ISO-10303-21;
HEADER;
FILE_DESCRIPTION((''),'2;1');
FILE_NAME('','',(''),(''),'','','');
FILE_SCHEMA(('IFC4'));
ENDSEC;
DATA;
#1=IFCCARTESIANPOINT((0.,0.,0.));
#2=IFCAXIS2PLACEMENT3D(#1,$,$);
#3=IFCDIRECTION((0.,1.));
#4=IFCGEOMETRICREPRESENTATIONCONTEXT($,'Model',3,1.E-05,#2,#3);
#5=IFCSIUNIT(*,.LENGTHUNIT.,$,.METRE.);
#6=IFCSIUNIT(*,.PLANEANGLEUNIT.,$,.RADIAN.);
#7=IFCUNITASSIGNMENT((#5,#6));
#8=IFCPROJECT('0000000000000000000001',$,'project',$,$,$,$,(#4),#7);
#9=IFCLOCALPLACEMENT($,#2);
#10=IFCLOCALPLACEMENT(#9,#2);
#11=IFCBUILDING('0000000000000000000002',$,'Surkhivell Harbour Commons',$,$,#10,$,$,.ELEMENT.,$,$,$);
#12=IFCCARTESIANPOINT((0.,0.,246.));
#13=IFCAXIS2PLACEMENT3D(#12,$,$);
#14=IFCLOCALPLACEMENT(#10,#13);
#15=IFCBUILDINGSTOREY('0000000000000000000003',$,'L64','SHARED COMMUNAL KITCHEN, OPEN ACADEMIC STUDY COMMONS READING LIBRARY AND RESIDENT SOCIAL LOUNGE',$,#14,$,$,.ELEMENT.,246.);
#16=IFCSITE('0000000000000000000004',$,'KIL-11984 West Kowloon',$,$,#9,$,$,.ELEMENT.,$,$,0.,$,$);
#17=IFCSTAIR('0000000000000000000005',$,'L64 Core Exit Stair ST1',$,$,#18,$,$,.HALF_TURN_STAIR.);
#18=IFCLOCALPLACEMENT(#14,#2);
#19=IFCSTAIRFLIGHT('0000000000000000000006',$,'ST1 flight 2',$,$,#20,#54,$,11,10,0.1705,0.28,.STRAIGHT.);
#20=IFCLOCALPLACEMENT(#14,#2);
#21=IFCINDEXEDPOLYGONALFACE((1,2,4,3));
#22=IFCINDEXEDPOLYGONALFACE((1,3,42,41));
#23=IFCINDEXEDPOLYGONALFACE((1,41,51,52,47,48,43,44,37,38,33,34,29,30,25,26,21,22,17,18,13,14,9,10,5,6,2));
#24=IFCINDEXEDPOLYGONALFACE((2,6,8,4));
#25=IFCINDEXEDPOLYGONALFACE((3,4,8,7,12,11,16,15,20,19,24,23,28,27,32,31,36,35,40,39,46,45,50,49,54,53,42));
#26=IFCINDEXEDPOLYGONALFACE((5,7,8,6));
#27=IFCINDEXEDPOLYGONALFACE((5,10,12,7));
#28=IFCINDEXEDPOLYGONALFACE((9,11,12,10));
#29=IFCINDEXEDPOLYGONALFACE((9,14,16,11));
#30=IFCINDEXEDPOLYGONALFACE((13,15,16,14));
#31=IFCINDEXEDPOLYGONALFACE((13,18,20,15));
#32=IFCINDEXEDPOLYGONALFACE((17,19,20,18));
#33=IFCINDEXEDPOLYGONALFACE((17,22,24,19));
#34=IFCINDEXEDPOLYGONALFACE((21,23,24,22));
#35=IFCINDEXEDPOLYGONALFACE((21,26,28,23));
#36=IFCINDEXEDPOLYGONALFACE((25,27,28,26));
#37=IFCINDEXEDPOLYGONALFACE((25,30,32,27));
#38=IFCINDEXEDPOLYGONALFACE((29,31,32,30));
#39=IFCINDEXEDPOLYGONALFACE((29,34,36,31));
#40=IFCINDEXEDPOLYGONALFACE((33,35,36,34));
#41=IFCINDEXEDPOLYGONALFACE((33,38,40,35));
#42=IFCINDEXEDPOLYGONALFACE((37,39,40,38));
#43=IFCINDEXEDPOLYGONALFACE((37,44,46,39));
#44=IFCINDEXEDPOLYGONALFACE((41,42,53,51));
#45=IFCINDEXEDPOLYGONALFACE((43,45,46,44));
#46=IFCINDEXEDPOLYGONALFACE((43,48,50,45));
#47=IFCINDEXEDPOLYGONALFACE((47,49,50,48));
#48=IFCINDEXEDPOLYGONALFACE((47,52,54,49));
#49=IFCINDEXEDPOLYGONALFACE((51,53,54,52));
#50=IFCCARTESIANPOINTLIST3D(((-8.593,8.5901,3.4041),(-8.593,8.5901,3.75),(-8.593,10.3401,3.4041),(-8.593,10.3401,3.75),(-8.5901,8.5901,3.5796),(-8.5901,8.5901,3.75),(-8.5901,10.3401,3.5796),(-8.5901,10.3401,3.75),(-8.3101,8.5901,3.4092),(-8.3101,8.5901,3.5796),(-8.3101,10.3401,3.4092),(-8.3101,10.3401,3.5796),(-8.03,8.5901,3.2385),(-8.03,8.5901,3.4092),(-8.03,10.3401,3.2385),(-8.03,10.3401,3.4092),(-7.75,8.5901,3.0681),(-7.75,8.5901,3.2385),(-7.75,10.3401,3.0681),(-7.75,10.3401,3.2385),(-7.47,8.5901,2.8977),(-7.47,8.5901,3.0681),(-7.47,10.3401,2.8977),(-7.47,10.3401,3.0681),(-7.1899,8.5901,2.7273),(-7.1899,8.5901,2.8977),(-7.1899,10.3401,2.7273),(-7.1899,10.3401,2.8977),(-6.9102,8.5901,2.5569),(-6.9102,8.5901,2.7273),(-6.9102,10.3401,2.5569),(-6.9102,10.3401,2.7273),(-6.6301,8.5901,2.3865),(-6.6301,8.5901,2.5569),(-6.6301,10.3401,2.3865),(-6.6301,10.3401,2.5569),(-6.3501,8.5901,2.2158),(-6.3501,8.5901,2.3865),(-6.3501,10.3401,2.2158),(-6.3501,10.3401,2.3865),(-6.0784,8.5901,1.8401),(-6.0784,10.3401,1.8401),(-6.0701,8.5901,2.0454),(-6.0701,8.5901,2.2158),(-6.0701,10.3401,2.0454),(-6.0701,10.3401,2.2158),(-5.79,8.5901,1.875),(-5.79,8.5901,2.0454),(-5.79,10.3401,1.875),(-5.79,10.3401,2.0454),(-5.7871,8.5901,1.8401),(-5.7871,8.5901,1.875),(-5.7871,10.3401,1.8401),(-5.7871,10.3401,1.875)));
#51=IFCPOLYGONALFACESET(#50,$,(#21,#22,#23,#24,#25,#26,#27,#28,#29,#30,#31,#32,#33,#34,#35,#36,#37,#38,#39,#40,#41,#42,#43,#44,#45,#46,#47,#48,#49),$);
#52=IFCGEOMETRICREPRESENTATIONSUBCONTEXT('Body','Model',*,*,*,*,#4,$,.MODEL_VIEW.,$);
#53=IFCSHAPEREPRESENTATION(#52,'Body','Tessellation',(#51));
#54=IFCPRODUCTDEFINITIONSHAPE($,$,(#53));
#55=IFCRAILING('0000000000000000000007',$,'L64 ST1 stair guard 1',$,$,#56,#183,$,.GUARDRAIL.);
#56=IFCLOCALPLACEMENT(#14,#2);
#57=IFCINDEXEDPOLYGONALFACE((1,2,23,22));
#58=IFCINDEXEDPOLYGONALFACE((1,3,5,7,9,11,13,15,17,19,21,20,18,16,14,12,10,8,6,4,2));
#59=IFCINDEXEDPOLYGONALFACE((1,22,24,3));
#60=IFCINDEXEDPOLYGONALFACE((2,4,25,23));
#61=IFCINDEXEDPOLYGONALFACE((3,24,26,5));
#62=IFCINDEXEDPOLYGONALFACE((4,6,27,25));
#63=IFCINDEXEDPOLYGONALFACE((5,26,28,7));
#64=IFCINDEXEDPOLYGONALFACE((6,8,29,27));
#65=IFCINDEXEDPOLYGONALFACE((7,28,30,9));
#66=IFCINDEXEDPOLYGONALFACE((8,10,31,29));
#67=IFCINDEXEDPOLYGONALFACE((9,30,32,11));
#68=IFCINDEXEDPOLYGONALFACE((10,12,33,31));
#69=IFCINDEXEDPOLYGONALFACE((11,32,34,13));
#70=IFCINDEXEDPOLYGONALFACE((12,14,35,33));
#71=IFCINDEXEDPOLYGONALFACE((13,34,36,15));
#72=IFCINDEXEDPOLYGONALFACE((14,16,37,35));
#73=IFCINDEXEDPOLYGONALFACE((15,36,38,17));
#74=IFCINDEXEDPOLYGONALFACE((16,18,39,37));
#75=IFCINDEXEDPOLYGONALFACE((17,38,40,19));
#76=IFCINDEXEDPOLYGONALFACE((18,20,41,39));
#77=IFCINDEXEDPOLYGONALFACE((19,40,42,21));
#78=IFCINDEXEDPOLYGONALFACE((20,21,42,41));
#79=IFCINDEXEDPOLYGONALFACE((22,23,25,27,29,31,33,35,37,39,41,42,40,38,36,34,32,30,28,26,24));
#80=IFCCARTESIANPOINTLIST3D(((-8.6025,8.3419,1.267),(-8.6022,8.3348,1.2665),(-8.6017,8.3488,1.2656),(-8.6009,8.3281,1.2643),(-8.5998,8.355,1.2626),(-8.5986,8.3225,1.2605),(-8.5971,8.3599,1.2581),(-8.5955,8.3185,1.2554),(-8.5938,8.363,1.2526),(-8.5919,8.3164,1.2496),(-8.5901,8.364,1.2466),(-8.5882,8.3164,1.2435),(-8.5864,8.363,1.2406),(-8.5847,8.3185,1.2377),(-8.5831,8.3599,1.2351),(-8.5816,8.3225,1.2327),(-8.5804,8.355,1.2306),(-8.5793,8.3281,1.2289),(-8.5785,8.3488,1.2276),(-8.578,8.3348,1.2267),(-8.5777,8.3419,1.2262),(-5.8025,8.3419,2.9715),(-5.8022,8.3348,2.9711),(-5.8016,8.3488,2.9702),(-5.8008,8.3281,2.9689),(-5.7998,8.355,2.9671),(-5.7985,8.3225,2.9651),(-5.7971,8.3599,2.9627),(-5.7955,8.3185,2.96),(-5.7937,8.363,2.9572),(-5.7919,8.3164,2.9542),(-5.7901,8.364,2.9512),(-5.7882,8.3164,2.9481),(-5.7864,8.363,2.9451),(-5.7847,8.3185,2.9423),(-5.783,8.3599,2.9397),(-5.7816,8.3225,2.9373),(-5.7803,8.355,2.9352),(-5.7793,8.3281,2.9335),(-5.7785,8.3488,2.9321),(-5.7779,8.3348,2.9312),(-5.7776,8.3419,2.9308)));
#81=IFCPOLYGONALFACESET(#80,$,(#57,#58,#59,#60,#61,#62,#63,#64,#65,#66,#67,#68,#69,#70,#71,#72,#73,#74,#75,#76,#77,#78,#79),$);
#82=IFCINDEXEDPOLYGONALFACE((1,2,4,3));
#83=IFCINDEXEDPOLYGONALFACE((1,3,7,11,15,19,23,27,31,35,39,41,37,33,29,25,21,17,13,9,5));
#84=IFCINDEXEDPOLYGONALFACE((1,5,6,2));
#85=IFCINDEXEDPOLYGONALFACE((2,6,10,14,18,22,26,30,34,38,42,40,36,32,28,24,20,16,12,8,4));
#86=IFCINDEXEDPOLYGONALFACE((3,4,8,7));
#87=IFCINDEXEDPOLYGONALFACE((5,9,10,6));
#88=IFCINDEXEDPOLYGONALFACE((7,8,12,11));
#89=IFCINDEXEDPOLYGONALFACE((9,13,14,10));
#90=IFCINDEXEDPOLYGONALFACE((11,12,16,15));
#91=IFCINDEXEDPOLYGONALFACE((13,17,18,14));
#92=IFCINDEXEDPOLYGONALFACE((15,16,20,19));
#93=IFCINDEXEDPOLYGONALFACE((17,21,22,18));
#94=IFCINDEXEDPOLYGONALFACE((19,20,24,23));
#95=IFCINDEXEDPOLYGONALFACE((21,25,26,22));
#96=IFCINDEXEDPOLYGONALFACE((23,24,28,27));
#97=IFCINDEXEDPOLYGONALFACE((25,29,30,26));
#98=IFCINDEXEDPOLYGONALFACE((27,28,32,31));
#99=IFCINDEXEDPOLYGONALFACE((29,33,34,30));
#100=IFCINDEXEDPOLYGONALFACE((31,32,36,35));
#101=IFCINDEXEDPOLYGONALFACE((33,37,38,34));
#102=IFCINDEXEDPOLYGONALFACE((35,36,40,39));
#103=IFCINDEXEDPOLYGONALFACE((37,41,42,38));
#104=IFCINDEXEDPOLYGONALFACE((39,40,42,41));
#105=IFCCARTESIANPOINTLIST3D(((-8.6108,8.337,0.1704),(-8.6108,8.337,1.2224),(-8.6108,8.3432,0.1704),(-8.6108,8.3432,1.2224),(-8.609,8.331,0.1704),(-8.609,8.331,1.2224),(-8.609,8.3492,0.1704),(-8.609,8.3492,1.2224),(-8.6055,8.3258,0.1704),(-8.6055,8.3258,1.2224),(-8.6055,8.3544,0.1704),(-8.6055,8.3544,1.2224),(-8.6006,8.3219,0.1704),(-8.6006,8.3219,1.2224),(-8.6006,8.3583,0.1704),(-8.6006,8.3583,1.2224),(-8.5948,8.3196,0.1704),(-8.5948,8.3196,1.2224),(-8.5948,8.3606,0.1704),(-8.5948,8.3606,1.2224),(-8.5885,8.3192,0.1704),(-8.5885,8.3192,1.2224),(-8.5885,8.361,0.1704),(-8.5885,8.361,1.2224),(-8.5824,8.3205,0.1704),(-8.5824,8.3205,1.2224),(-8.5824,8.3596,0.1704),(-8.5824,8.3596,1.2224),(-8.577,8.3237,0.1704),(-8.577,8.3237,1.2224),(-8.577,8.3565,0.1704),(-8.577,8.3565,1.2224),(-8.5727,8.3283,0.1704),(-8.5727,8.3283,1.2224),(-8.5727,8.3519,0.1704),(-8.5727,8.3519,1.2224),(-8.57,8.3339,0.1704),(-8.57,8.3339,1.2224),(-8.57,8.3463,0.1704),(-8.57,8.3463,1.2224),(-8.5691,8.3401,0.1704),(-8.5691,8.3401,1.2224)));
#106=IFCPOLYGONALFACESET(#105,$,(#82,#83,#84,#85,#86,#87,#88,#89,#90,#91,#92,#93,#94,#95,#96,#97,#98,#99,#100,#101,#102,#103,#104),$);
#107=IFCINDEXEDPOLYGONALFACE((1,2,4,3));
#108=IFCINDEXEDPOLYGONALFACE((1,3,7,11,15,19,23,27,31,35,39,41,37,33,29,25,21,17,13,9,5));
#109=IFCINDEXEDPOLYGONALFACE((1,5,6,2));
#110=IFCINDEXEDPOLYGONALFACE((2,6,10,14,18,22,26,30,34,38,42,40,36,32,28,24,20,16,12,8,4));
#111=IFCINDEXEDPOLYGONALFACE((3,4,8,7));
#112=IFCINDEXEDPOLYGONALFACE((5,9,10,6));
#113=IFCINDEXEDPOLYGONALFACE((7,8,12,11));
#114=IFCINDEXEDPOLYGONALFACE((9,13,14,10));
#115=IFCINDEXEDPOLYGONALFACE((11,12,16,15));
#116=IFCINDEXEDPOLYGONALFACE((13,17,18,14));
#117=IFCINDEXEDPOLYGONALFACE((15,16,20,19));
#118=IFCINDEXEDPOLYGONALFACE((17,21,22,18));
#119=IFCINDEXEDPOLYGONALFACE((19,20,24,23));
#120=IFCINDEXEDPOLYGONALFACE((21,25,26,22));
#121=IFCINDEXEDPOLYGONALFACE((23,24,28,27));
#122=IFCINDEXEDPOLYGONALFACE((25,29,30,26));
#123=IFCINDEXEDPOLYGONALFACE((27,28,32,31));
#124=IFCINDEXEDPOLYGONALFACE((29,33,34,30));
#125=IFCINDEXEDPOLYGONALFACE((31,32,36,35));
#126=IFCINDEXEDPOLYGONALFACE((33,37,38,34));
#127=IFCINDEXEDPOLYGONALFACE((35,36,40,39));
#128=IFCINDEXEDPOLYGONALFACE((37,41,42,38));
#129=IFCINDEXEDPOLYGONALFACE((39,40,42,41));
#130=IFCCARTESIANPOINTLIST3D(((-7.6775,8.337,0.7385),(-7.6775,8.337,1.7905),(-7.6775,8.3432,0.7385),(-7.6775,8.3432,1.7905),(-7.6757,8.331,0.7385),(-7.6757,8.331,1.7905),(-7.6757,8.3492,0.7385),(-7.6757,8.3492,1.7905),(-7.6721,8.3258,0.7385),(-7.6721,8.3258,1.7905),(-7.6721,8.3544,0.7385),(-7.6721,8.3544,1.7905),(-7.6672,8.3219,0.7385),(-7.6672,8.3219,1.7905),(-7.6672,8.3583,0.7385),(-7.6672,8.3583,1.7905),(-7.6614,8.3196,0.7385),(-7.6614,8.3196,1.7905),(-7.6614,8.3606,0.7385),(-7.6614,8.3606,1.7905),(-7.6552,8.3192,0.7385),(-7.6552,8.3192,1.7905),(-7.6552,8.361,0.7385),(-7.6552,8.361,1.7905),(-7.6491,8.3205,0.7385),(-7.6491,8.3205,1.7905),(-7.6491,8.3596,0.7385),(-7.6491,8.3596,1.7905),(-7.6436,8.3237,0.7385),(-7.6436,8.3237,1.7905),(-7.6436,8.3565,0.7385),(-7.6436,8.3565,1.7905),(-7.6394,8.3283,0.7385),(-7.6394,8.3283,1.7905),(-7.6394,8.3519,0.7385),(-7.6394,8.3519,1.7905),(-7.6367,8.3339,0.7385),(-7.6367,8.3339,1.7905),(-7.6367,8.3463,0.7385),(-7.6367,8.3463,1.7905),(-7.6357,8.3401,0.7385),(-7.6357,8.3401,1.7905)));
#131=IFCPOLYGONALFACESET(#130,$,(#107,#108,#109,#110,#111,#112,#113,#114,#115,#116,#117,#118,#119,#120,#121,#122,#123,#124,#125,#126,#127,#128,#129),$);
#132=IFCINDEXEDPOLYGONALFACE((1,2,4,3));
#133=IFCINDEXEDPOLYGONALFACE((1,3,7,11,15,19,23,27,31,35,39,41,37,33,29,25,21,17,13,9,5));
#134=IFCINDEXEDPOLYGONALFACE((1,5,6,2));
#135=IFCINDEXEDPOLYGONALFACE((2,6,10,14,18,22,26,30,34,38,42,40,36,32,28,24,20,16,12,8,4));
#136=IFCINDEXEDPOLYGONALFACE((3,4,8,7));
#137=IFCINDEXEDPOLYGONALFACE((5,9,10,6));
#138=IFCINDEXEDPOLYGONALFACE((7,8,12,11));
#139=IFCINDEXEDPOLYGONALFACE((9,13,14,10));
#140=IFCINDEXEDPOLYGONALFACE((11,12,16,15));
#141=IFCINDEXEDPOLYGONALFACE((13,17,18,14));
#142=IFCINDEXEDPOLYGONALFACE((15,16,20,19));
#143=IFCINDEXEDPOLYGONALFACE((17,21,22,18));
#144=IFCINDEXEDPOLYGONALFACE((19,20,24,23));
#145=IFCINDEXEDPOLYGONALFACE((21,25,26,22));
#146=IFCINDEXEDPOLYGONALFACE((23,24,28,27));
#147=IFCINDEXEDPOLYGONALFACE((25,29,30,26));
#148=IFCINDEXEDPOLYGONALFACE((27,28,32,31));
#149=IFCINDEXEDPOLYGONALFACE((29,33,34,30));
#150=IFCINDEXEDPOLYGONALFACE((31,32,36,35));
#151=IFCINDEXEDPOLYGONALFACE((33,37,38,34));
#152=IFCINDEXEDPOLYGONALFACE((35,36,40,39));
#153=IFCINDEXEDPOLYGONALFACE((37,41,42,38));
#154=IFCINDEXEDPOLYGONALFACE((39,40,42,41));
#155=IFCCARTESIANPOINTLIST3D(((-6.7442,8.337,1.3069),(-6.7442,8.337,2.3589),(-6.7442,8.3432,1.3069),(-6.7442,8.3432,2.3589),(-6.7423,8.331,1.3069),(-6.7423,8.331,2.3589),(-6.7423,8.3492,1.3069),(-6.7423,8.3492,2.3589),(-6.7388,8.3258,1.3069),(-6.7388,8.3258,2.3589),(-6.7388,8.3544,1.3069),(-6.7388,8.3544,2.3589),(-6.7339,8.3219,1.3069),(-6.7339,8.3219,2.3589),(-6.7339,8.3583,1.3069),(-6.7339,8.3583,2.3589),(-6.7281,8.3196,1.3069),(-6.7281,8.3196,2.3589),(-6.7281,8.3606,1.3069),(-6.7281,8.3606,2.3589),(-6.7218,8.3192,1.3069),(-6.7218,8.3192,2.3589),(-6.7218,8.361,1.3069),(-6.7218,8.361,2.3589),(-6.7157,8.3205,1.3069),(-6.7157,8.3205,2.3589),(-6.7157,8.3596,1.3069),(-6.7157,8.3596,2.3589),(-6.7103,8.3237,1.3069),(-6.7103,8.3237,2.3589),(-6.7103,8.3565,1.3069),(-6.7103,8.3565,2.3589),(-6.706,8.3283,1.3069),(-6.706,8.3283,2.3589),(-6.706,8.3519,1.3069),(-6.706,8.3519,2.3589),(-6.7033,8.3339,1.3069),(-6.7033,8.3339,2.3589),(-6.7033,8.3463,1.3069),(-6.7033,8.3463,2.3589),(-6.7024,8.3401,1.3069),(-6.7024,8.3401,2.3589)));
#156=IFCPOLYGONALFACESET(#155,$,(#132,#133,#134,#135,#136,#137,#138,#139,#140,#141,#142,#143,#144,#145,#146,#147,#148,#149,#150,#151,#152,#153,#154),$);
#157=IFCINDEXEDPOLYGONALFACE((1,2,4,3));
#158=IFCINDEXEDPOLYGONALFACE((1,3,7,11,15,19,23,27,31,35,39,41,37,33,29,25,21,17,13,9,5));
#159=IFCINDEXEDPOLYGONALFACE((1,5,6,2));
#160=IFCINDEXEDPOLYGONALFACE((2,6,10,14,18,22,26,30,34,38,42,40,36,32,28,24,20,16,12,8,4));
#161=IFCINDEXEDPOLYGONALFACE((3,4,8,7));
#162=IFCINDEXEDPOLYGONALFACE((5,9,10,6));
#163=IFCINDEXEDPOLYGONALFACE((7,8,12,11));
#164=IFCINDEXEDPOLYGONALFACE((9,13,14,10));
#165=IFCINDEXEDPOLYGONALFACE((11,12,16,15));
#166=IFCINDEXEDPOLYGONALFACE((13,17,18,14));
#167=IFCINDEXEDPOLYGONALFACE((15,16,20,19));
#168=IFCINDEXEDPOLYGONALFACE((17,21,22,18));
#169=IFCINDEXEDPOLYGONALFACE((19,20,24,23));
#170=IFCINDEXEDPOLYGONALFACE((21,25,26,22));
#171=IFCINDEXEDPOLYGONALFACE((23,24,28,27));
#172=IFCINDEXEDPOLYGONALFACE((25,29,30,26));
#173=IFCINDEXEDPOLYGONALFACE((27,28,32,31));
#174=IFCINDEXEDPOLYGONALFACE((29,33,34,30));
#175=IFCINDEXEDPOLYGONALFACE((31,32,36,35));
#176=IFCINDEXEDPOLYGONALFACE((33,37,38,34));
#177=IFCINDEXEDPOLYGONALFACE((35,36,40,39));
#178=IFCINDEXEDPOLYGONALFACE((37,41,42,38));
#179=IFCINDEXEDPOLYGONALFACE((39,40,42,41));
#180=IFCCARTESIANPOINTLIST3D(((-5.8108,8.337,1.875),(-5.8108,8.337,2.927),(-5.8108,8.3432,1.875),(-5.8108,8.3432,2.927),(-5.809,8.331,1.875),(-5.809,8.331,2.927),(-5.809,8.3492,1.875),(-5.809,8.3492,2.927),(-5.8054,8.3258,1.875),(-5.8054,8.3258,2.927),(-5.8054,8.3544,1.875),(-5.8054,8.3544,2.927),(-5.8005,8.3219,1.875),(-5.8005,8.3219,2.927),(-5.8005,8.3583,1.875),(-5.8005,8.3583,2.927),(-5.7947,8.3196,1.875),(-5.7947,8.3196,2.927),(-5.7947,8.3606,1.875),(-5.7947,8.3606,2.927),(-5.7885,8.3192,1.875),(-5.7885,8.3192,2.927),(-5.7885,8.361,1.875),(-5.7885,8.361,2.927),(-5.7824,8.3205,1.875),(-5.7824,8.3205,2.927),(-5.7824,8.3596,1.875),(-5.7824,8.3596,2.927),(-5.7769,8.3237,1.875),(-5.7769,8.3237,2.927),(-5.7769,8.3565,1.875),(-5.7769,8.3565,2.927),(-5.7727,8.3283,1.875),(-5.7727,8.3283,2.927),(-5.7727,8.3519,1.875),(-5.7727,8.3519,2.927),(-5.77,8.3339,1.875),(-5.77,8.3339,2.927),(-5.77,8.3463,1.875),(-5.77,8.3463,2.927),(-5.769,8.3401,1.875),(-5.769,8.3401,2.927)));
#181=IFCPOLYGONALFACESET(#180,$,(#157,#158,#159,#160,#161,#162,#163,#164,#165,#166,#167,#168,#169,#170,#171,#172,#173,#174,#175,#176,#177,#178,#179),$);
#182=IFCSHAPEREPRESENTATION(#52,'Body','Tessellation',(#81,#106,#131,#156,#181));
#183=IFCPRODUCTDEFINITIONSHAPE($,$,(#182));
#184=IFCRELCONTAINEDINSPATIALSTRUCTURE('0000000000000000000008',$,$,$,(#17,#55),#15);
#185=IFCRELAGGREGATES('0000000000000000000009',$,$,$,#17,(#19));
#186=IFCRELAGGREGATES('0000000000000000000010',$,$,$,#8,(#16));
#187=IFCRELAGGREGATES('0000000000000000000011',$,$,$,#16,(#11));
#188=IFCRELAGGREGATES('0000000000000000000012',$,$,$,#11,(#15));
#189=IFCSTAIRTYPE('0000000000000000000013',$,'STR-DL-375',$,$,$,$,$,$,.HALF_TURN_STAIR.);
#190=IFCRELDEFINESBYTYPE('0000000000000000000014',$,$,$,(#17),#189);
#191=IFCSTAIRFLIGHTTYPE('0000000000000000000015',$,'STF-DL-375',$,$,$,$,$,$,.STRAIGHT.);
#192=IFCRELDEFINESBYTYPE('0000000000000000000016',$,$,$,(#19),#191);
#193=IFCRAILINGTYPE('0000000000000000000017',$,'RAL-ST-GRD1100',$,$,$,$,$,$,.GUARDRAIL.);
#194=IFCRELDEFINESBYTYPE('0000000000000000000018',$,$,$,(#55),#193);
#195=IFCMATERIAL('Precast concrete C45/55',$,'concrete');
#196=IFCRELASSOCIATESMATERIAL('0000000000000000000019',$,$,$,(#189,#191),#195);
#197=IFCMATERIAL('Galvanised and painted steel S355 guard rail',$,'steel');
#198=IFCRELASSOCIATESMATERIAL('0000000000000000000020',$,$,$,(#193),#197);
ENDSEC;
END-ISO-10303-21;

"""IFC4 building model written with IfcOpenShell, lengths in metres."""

from ifc_helpers import new_model, si_unit, direction, frame, origin, origin_2d, place, context, subcontext, project, spatial, polyline, circle, outline, extrude, material, type_object, element, aggregate, save


model = new_model("IFC4")

# Units and contexts
model_context = context("Model", 3, precision=1e-05, world=origin(), true_north=direction((0.0, 1.0)))
body_context = subcontext(model_context, "Body", "Model", "MODEL_VIEW")
ifc_project = project(units=[si_unit("LENGTHUNIT", "METRE"), si_unit("PLANEANGLEUNIT", "RADIAN")], contexts=[model_context])

# Site, building, storey
site_placement = place(None, origin())
site = spatial("IfcSite", under=ifc_project, at=site_placement, Name="KIL-11984 West Kowloon", CompositionType="ELEMENT", RefElevation=0.0)
building_placement = place(site_placement, origin())
building = spatial("IfcBuilding", under=site, at=building_placement, Name="Surkhivell Harbour Commons", CompositionType="ELEMENT")
storey_placement = place(building_placement, frame((0.0, 0.0, 246.0)))
storey = spatial("IfcBuildingStorey", under=building, at=storey_placement, Name="L64", Description="SHARED COMMUNAL KITCHEN, OPEN ACADEMIC STUDY COMMONS READING LIBRARY AND RESIDENT SOCIAL LOUNGE", CompositionType="ELEMENT", Elevation=246.0)

# Stair, stair flight
ifc_material_1 = material(Name="Precast concrete C45/55", Category="concrete")
stair_type = type_object("IfcStairType", Name="STR-DL-375", PredefinedType="HALF_TURN_STAIR", material=ifc_material_1)
stair_placement = place(storey_placement, origin())
stair = element("IfcStair", 1, at=stair_placement, inside=storey, type_object=stair_type, Name="L64 Core Exit Stair ST1", PredefinedType="HALF_TURN_STAIR")
stair_flight_type = type_object("IfcStairFlightType", Name="STF-DL-375", PredefinedType="STRAIGHT", material=ifc_material_1)
stair_flight_1_placement = place(storey_placement, frame((-5.79, 9.4651, 1.875), z_axis=(0.0, 0.0, 1.0), x_axis=(-1.0, 0.0, 0.0)))
stair_flight_1 = element("IfcStairFlight", 2, at=stair_flight_1_placement, type_object=stair_flight_type, Name="ST1 flight 2", NumberOfRisers=11, NumberOfTreads=10, PredefinedType="STRAIGHT", RiserHeight=0.1705, TreadLength=0.28, context=body_context, shape_type="SweptSolid", body=[
    extrude(outline(polyline([(-0.0029, -0.0349), (-0.0029, 0.0), (0.0, 0.0), (0.0, 0.1704), (0.28, 0.1704), (0.28, 0.3408), (0.5601, 0.3408), (0.5601, 0.5115), (0.8401, 0.5115), (0.8401, 0.6819), (1.1201, 0.6819), (1.1201, 0.8523), (1.3999, 0.8523), (1.3999, 1.0227), (1.6799, 1.0227), (1.6799, 1.1931), (1.96, 1.1931), (1.96, 1.3635), (2.24, 1.3635), (2.24, 1.5342), (2.52, 1.5342), (2.52, 1.7046), (2.8, 1.7046), (2.8, 1.875), (2.803, 1.875), (2.803, 1.5291), (0.2883, -0.0349), (-0.0029, -0.0349)])), frame((0.0, 0.875, 0.0), z_axis=(0.0, -1.0, 0.0), x_axis=(1.0, 0.0, 0.0)), (0.0, 0.0, 1.0), 1.75),
])
aggregate(stair, [stair_flight_1])

# Railing
ifc_material_2 = material(Name="Galvanised and painted steel S355 guard rail", Category="steel")
railing_type_1 = type_object("IfcRailingType", Name="RAL-ST-GRD1100", PredefinedType="GUARDRAIL", material=ifc_material_2)
railing_1_placement = place(storey_placement, frame((-8.5901, 8.3401, 0.1704)))
element("IfcRailing", 3, at=railing_1_placement, inside=storey, type_object=railing_type_1, Name="L64 ST1 stair guard 1", PredefinedType="GUARDRAIL", context=body_context, shape_type="SweptSolid", body=[
    extrude(circle(Radius=0.0239, at=origin_2d()), frame((0.0, 0.0, 1.0762), z_axis=(0.85417, 0.0, 0.519994), x_axis=(0.0, 1.0, 0.0)), (0.0, 0.0, 1.0), 3.2781),
    extrude(circle(Radius=0.021, at=origin_2d()), origin(), (0.0, 0.0, 1.0), 1.052),
    extrude(circle(Radius=0.021, at=origin_2d()), frame((0.9333, 0.0, 0.5681)), (0.0, 0.0, 1.0), 1.052),
    extrude(circle(Radius=0.021, at=origin_2d()), frame((1.8667, 0.0, 1.1365)), (0.0, 0.0, 1.0), 1.052),
    extrude(circle(Radius=0.021, at=origin_2d()), frame((2.8, 0.0, 1.7046)), (0.0, 0.0, 1.0), 1.052),
])

save(model, "model.ifc")
